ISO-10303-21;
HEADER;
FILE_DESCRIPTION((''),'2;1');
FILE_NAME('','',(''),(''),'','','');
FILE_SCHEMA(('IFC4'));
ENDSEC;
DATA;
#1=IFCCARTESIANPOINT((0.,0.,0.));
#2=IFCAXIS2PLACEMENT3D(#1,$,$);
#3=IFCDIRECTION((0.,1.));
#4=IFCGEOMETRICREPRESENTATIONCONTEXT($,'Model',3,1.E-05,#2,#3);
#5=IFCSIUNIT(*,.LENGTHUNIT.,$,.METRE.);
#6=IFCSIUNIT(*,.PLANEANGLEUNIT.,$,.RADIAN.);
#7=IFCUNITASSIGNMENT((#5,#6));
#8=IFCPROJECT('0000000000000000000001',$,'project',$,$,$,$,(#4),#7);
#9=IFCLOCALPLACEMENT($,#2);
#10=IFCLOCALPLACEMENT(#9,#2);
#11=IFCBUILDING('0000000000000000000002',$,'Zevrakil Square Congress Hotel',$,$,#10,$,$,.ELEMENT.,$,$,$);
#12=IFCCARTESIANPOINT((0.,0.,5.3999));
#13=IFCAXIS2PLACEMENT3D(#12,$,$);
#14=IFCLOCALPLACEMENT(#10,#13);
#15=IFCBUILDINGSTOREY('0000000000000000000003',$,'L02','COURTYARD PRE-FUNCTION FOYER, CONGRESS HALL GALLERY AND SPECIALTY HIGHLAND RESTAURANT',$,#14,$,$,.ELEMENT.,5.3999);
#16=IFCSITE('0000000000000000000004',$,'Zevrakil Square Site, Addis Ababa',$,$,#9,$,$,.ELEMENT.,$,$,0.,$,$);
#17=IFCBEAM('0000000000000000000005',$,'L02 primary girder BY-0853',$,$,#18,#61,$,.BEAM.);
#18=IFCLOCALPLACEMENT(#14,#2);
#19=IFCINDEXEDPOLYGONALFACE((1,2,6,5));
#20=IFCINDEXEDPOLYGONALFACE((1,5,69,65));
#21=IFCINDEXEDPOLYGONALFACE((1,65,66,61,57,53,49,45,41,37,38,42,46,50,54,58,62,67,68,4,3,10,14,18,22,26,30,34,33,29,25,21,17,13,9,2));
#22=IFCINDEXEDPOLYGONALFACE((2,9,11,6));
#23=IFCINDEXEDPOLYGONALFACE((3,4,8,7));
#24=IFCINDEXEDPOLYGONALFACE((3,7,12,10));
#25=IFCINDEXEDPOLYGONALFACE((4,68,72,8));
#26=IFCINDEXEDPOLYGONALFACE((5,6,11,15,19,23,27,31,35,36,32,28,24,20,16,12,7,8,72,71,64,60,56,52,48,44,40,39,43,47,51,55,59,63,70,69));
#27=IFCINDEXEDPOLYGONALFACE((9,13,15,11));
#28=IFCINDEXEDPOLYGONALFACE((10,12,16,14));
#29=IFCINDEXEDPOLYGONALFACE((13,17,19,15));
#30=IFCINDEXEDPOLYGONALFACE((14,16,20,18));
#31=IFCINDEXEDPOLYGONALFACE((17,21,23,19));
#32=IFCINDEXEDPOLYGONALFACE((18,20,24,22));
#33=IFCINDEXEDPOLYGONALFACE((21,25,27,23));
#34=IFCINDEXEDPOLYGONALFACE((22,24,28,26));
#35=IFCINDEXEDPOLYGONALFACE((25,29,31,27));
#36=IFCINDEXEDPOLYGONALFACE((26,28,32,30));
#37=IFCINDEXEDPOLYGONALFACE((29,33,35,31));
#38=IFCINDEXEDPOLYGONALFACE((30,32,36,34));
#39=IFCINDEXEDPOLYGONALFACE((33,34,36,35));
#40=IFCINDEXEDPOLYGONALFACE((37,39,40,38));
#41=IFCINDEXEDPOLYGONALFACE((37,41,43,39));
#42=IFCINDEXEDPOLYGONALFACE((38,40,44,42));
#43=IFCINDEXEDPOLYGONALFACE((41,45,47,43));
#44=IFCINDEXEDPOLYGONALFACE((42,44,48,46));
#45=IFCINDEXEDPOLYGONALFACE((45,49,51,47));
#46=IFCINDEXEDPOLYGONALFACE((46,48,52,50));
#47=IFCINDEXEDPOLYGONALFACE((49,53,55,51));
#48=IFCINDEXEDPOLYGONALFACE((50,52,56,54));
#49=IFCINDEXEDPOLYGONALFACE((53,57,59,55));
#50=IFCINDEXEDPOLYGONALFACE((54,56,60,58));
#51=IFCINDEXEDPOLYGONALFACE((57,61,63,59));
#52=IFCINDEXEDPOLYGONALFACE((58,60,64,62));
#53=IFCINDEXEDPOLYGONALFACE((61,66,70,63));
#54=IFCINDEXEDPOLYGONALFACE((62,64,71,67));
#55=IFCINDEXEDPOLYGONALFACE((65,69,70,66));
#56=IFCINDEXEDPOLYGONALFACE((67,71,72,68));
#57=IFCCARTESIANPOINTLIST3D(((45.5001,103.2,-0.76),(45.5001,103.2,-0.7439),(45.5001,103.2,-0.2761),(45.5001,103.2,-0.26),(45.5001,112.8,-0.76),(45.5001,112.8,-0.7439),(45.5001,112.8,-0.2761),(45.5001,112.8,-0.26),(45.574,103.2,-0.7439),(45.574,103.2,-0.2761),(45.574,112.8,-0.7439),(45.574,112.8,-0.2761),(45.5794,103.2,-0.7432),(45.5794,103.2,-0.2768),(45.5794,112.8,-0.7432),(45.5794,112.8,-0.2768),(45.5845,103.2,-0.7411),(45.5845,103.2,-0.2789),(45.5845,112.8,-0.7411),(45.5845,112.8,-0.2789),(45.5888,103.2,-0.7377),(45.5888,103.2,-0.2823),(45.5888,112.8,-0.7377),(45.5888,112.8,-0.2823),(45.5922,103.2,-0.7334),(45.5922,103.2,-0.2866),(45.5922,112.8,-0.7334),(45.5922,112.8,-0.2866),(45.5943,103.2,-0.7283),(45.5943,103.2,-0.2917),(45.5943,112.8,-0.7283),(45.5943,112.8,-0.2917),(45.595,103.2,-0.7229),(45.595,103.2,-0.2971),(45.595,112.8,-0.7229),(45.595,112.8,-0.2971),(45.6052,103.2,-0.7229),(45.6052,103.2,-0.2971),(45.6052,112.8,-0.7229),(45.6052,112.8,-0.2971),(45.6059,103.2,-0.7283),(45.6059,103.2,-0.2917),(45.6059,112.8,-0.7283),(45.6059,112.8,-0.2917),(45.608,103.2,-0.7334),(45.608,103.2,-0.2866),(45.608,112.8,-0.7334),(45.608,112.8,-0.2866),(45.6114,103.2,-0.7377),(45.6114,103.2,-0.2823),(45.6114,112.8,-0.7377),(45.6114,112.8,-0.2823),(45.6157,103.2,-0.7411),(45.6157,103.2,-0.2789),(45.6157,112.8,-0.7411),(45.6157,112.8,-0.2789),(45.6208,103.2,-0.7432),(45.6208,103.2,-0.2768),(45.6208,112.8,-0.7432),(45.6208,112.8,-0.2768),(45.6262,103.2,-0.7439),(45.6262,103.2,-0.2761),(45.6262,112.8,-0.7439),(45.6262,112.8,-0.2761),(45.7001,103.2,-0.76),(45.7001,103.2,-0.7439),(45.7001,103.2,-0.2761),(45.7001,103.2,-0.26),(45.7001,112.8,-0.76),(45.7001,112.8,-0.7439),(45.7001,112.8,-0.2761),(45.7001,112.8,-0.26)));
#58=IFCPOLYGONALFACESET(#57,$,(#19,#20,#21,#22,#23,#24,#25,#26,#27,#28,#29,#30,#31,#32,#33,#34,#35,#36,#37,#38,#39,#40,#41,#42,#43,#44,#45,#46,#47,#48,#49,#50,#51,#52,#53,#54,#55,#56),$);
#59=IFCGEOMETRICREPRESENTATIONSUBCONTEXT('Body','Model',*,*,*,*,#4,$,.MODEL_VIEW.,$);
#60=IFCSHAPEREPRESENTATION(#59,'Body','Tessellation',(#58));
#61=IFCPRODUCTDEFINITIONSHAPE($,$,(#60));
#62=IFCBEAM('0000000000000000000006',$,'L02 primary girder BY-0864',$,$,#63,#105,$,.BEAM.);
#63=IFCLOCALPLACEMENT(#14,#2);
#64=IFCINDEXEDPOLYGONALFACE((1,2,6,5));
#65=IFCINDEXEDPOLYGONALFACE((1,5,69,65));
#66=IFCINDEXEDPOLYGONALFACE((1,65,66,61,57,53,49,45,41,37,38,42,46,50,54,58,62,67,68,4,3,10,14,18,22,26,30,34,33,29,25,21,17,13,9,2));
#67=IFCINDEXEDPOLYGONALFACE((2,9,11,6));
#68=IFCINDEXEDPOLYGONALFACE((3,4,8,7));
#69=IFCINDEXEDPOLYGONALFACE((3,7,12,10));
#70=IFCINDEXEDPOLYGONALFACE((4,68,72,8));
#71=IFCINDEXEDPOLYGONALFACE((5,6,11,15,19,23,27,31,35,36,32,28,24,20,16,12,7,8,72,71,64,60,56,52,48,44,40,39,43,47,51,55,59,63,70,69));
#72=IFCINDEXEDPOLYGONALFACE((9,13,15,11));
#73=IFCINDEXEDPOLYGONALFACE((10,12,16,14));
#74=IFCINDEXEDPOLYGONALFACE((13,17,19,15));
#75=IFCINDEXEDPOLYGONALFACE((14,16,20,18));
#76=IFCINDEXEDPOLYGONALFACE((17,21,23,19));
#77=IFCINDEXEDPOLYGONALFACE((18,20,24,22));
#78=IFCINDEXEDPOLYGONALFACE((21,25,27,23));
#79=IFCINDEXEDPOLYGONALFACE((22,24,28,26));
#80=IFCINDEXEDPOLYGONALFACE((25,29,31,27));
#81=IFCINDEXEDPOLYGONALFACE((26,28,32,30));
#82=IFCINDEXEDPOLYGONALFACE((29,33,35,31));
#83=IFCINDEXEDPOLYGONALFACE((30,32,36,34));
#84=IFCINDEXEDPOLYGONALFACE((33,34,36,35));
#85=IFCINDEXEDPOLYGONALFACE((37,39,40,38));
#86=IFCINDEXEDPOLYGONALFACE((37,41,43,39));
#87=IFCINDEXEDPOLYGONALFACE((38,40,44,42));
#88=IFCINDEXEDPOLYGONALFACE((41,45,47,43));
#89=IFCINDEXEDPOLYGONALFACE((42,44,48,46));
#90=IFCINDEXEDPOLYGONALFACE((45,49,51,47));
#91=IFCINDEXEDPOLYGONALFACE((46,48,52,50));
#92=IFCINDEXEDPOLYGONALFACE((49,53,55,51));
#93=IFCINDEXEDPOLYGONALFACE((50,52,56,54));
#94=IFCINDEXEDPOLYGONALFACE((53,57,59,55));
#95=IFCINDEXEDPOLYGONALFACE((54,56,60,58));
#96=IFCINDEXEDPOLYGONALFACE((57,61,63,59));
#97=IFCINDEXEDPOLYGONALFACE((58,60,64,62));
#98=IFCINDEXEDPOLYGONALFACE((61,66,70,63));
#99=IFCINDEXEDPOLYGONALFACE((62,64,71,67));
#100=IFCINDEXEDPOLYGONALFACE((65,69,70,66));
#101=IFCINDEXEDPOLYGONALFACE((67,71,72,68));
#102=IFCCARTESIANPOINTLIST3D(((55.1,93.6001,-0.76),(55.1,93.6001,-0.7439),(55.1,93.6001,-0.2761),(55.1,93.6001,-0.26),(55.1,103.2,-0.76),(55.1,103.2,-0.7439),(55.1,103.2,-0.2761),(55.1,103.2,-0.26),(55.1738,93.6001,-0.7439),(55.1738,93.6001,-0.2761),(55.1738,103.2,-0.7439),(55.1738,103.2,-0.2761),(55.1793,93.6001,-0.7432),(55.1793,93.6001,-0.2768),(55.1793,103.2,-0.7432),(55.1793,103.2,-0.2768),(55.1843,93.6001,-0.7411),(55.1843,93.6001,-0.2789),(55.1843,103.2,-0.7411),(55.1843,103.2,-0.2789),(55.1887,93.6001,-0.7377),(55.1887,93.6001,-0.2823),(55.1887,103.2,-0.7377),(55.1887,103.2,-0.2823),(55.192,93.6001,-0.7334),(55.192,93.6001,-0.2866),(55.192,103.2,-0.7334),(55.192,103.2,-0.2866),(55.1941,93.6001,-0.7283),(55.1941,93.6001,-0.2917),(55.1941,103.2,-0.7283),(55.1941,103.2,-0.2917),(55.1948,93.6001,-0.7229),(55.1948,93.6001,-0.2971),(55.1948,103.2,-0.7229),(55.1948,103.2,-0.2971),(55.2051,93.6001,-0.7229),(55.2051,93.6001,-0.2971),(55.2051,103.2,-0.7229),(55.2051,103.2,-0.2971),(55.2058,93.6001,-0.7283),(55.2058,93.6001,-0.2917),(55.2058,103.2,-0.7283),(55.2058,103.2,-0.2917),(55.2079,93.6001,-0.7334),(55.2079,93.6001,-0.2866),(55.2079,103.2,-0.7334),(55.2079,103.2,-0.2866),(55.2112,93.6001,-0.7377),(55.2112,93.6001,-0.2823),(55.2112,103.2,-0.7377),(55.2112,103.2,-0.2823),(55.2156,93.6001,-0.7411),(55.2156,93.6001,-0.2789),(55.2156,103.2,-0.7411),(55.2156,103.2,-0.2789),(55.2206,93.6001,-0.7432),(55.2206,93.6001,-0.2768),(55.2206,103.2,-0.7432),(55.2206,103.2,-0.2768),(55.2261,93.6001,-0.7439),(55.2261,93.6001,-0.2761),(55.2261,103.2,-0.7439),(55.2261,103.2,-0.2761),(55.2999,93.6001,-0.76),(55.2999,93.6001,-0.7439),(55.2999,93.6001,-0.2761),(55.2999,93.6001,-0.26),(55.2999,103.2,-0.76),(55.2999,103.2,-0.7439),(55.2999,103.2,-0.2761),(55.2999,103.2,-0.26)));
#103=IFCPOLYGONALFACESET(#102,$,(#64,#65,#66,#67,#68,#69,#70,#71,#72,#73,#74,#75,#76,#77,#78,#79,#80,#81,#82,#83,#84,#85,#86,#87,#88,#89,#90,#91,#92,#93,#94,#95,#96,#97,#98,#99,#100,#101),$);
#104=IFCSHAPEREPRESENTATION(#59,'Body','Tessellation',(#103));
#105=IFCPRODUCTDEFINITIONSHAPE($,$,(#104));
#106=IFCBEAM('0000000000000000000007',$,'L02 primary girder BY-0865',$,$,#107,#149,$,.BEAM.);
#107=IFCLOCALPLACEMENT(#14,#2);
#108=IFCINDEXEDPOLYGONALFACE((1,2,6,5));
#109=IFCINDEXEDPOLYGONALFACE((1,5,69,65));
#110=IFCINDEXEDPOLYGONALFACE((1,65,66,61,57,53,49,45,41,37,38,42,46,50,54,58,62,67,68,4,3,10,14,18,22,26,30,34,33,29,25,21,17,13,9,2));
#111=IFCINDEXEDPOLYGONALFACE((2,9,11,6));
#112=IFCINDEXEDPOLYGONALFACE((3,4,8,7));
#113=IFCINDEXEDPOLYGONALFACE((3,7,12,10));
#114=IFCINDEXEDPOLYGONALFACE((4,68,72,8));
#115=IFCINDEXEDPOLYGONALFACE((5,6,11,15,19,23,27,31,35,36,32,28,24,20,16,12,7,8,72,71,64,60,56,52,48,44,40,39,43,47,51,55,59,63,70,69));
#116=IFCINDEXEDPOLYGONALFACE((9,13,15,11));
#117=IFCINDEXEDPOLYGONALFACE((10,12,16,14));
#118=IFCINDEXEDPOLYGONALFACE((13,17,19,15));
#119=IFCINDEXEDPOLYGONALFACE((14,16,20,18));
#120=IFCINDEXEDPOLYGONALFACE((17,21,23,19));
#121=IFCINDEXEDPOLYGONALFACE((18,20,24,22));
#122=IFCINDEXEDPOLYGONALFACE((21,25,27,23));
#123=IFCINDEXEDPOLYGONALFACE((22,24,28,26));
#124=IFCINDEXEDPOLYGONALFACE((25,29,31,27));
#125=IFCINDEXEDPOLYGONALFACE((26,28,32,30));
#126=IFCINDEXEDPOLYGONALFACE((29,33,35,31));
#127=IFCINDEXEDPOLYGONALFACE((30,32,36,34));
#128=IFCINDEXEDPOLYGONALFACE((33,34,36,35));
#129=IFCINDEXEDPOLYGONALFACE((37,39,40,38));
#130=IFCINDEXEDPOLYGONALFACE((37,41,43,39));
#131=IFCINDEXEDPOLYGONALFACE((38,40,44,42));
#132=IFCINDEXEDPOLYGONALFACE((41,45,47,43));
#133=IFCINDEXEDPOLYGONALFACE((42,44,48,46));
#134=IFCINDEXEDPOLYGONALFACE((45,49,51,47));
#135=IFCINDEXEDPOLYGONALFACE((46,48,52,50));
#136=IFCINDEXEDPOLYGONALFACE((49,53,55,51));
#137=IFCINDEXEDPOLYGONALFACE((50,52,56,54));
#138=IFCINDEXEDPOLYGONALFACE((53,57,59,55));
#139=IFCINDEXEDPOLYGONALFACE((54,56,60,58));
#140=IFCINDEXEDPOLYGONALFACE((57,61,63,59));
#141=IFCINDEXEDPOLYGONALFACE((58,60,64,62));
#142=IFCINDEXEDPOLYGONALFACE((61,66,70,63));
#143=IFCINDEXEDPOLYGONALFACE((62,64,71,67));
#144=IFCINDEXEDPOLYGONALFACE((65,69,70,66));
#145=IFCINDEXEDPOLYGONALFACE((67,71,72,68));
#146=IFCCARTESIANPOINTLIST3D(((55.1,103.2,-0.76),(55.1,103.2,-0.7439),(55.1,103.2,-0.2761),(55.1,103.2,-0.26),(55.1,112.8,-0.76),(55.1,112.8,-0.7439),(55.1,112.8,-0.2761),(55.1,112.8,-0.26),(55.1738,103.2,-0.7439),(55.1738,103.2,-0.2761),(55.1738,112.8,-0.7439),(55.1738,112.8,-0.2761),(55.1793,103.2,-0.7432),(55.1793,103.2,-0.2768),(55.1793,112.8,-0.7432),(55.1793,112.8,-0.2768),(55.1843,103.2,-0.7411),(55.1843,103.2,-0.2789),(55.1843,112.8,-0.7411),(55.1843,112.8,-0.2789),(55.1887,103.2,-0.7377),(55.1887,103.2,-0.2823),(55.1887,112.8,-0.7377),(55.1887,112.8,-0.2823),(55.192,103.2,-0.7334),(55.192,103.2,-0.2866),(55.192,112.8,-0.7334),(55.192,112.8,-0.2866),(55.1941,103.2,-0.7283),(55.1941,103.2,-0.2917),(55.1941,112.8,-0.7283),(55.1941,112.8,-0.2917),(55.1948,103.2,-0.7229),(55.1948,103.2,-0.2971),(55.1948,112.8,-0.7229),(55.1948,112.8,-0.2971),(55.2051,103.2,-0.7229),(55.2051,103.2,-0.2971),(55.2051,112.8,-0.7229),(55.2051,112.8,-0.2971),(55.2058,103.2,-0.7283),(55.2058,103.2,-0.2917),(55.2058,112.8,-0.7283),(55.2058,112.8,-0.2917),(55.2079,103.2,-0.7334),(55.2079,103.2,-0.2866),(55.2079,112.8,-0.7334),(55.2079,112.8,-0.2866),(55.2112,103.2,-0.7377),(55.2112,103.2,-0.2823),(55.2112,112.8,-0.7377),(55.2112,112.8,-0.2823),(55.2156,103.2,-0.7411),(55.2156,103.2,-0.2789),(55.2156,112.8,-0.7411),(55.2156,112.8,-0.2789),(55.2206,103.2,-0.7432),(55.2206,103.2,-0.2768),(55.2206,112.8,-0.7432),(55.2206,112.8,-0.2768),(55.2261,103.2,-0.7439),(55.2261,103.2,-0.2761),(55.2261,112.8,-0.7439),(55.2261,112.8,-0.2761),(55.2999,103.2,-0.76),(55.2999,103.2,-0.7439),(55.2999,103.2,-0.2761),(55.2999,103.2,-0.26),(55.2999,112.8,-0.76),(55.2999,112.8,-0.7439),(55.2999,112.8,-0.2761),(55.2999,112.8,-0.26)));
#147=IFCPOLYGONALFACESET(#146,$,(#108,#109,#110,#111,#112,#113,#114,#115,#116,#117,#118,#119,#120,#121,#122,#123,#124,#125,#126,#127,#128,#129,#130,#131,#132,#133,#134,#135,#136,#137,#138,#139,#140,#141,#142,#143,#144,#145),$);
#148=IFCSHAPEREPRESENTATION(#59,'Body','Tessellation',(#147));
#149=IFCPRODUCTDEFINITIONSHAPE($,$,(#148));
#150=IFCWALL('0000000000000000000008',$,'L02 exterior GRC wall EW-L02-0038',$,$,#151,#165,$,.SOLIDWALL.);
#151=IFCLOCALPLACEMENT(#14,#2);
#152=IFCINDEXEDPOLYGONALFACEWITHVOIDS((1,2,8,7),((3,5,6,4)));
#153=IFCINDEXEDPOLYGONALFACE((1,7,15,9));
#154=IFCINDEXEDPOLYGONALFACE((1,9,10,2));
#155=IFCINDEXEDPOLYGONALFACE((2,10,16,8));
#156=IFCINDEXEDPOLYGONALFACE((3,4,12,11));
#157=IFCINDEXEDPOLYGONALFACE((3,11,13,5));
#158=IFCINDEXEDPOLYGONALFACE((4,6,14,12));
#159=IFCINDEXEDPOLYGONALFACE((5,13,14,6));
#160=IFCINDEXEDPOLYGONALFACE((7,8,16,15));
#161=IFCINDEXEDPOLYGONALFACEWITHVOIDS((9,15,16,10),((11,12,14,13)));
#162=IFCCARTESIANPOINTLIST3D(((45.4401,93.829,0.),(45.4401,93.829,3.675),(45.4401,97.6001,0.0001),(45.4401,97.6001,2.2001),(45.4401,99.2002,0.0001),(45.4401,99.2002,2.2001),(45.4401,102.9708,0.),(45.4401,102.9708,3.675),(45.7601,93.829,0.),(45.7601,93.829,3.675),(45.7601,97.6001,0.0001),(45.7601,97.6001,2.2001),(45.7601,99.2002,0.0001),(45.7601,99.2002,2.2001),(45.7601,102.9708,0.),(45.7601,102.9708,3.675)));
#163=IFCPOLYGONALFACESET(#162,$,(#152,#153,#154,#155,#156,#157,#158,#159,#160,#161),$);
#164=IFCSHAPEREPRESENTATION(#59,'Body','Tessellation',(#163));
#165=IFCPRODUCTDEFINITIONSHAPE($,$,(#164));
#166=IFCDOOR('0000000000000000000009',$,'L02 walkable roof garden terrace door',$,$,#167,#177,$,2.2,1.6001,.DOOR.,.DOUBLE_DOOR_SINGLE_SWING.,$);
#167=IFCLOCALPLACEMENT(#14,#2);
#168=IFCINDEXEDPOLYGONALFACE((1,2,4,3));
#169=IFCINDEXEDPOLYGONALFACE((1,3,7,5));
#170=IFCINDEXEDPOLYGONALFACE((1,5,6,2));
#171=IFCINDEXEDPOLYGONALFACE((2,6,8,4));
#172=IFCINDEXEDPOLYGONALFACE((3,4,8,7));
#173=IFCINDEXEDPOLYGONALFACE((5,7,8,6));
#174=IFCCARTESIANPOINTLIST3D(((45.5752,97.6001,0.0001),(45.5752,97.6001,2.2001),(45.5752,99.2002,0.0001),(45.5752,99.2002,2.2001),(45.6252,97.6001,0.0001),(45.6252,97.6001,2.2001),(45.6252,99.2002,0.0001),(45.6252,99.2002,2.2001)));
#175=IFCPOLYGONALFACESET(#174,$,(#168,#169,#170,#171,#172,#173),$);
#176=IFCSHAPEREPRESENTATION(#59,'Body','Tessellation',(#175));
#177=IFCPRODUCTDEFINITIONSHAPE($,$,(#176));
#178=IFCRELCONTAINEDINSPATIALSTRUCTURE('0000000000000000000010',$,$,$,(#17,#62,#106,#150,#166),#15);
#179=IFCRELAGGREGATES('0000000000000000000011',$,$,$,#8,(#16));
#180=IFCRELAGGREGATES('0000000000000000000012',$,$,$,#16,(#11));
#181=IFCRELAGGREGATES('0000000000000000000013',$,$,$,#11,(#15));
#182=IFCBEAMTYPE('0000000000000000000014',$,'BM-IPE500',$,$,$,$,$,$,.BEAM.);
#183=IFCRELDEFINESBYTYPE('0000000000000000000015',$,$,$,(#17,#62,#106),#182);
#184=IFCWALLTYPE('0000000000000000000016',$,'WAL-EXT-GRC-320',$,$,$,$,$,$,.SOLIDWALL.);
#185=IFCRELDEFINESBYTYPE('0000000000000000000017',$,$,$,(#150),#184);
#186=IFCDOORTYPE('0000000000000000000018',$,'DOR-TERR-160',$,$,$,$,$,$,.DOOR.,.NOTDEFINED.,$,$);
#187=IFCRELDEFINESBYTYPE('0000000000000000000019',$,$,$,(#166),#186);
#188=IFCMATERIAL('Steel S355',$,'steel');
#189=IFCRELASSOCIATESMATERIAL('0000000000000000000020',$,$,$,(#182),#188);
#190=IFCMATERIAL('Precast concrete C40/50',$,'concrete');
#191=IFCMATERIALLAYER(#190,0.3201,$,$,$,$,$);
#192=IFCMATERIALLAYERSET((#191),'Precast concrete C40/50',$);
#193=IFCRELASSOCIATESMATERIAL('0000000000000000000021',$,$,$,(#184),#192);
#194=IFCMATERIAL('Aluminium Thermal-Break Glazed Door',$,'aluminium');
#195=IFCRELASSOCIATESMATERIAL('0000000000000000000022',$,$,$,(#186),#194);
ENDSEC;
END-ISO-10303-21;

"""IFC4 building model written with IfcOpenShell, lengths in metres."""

from ifc_helpers import new_model, si_unit, direction, frame, frame_2d, origin, origin_2d, place, context, subcontext, project, spatial, rectangle, i_section, extrude, material, layer, layer_set, material_profile, profile_set, type_object, element, fill, save


model = new_model("IFC4")

# Units and contexts
model_context = context("Model", 3, precision=1e-05, world=origin(), true_north=direction((0.0, 1.0)))
body_context = subcontext(model_context, "Body", "Model", "MODEL_VIEW")
ifc_project = project(units=[si_unit("LENGTHUNIT", "METRE"), si_unit("PLANEANGLEUNIT", "RADIAN")], contexts=[model_context])

# Site, building, storey
site_placement = place(None, origin())
site = spatial("IfcSite", under=ifc_project, at=site_placement, Name="Zevrakil Square Site, Addis Ababa", CompositionType="ELEMENT", RefElevation=0.0)
building_placement = place(site_placement, origin())
building = spatial("IfcBuilding", under=site, at=building_placement, Name="Zevrakil Square Congress Hotel", CompositionType="ELEMENT")
storey_placement = place(building_placement, frame((0.0, 0.0, 5.3999)))
storey = spatial("IfcBuildingStorey", under=building, at=storey_placement, Name="L02", Description="COURTYARD PRE-FUNCTION FOYER, CONGRESS HALL GALLERY AND SPECIALTY HIGHLAND RESTAURANT", CompositionType="ELEMENT", Elevation=5.3999)

# Beams
ifc_material_1 = material(Name="Steel S355", Category="steel")
ifc_material_profile_1 = material_profile(ifc_material_1, i_section(OverallWidth=0.2, OverallDepth=0.5, WebThickness=0.0103, FlangeThickness=0.0161, FilletRadius=0.021, at=origin_2d()), Name="IPE 500")
ifc_profile_set_1 = profile_set([ifc_material_profile_1], Name="Steel S355")
beam_type_1 = type_object("IfcBeamType", Name="BM-IPE500", PredefinedType="BEAM", material=ifc_profile_set_1)
beam_1_placement = place(storey_placement, frame((45.6001, 103.2, -0.51), z_axis=(0.0, 1.0, 0.0), x_axis=(-1.0, 0.0, 0.0)))
element("IfcBeam", 1, at=beam_1_placement, inside=storey, type_object=beam_type_1, Name="L02 primary girder BY-0853", PredefinedType="BEAM", context=body_context, shape_type="SweptSolid", body=[
    extrude(i_section(OverallWidth=0.2, OverallDepth=0.5, WebThickness=0.0103, FlangeThickness=0.0161, FilletRadius=0.021, at=origin_2d()), origin(), (0.0, 0.0, 1.0), 9.6001),
])
beam_2_placement = place(storey_placement, frame((55.2, 93.6001, -0.51), z_axis=(0.0, 1.0, 0.0), x_axis=(-1.0, 0.0, 0.0)))
element("IfcBeam", 2, at=beam_2_placement, inside=storey, type_object=beam_type_1, Name="L02 primary girder BY-0864", PredefinedType="BEAM", context=body_context, shape_type="SweptSolid", body=[
    extrude(i_section(OverallWidth=0.2, OverallDepth=0.5, WebThickness=0.0103, FlangeThickness=0.0161, FilletRadius=0.021, at=origin_2d()), origin(), (0.0, 0.0, 1.0), 9.5999),
])
beam_3_placement = place(storey_placement, frame((55.2, 103.2, -0.51), z_axis=(0.0, 1.0, 0.0), x_axis=(-1.0, 0.0, 0.0)))
element("IfcBeam", 3, at=beam_3_placement, inside=storey, type_object=beam_type_1, Name="L02 primary girder BY-0865", PredefinedType="BEAM", context=body_context, shape_type="SweptSolid", body=[
    extrude(i_section(OverallWidth=0.2, OverallDepth=0.5, WebThickness=0.0103, FlangeThickness=0.0161, FilletRadius=0.021, at=origin_2d()), origin(), (0.0, 0.0, 1.0), 9.6001),
])

# Wall, opening, door
ifc_material_2 = material(Name="Precast concrete C40/50", Category="concrete")
ifc_layer_1 = layer(ifc_material_2, 0.3201)
ifc_layer_set_1 = layer_set([ifc_layer_1], Name="Precast concrete C40/50")
wall_type_1 = type_object("IfcWallType", Name="WAL-EXT-GRC-320", PredefinedType="SOLIDWALL", material=ifc_layer_set_1)
wall_1_placement = place(storey_placement, frame((45.6001, 93.8291, 0.0), z_axis=(0.0, 0.0, 1.0), x_axis=(0.0, 1.0, 0.0)))
wall_1 = element("IfcWall", 4, at=wall_1_placement, inside=storey, type_object=wall_type_1, Name="L02 exterior GRC wall EW-L02-0038", PredefinedType="SOLIDWALL", context=body_context, shape_type="SweptSolid", body=[
    extrude(rectangle(XDim=9.1418, YDim=0.3201, at=frame_2d((4.5708, 0.0))), origin(), (0.0, 0.0, 1.0), 3.675),
])
opening_1_placement = place(wall_1_placement, frame((3.771, 0.0, 0.0)))
opening_1 = element("IfcOpeningElement", 5, at=opening_1_placement, cuts=wall_1, PredefinedType="OPENING", context=body_context, shape_type="SweptSolid", body=[
    extrude(rectangle(XDim=1.6001, YDim=2.2, at=frame_2d((0.8, 1.1001))), frame((0.0, 0.1699, 0.0), z_axis=(0.0, -1.0, 0.0), x_axis=(1.0, 0.0, 0.0)), (0.0, 0.0, 1.0), 0.3401),
])
ifc_material_3 = material(Name="Aluminium Thermal-Break Glazed Door", Category="aluminium")
door_type_1 = type_object("IfcDoorType", Name="DOR-TERR-160", OperationType="NOTDEFINED", PredefinedType="DOOR", material=ifc_material_3)
door_1_placement = place(opening_1_placement, origin())
door_1 = element("IfcDoor", 6, at=door_1_placement, inside=storey, type_object=door_type_1, Name="L02 walkable roof garden terrace door", OperationType="DOUBLE_DOOR_SINGLE_SWING", OverallHeight=2.2, OverallWidth=1.6001, PredefinedType="DOOR", context=body_context, shape_type="SweptSolid", body=[
    extrude(rectangle(XDim=1.6001, YDim=2.2, at=frame_2d((0.8, 1.1001))), frame((0.0, 0.0249, 0.0), z_axis=(0.0, -1.0, 0.0), x_axis=(1.0, 0.0, 0.0)), (0.0, 0.0, 1.0), 0.05),
])
fill(opening_1, door_1)

save(model, "model.ifc")
